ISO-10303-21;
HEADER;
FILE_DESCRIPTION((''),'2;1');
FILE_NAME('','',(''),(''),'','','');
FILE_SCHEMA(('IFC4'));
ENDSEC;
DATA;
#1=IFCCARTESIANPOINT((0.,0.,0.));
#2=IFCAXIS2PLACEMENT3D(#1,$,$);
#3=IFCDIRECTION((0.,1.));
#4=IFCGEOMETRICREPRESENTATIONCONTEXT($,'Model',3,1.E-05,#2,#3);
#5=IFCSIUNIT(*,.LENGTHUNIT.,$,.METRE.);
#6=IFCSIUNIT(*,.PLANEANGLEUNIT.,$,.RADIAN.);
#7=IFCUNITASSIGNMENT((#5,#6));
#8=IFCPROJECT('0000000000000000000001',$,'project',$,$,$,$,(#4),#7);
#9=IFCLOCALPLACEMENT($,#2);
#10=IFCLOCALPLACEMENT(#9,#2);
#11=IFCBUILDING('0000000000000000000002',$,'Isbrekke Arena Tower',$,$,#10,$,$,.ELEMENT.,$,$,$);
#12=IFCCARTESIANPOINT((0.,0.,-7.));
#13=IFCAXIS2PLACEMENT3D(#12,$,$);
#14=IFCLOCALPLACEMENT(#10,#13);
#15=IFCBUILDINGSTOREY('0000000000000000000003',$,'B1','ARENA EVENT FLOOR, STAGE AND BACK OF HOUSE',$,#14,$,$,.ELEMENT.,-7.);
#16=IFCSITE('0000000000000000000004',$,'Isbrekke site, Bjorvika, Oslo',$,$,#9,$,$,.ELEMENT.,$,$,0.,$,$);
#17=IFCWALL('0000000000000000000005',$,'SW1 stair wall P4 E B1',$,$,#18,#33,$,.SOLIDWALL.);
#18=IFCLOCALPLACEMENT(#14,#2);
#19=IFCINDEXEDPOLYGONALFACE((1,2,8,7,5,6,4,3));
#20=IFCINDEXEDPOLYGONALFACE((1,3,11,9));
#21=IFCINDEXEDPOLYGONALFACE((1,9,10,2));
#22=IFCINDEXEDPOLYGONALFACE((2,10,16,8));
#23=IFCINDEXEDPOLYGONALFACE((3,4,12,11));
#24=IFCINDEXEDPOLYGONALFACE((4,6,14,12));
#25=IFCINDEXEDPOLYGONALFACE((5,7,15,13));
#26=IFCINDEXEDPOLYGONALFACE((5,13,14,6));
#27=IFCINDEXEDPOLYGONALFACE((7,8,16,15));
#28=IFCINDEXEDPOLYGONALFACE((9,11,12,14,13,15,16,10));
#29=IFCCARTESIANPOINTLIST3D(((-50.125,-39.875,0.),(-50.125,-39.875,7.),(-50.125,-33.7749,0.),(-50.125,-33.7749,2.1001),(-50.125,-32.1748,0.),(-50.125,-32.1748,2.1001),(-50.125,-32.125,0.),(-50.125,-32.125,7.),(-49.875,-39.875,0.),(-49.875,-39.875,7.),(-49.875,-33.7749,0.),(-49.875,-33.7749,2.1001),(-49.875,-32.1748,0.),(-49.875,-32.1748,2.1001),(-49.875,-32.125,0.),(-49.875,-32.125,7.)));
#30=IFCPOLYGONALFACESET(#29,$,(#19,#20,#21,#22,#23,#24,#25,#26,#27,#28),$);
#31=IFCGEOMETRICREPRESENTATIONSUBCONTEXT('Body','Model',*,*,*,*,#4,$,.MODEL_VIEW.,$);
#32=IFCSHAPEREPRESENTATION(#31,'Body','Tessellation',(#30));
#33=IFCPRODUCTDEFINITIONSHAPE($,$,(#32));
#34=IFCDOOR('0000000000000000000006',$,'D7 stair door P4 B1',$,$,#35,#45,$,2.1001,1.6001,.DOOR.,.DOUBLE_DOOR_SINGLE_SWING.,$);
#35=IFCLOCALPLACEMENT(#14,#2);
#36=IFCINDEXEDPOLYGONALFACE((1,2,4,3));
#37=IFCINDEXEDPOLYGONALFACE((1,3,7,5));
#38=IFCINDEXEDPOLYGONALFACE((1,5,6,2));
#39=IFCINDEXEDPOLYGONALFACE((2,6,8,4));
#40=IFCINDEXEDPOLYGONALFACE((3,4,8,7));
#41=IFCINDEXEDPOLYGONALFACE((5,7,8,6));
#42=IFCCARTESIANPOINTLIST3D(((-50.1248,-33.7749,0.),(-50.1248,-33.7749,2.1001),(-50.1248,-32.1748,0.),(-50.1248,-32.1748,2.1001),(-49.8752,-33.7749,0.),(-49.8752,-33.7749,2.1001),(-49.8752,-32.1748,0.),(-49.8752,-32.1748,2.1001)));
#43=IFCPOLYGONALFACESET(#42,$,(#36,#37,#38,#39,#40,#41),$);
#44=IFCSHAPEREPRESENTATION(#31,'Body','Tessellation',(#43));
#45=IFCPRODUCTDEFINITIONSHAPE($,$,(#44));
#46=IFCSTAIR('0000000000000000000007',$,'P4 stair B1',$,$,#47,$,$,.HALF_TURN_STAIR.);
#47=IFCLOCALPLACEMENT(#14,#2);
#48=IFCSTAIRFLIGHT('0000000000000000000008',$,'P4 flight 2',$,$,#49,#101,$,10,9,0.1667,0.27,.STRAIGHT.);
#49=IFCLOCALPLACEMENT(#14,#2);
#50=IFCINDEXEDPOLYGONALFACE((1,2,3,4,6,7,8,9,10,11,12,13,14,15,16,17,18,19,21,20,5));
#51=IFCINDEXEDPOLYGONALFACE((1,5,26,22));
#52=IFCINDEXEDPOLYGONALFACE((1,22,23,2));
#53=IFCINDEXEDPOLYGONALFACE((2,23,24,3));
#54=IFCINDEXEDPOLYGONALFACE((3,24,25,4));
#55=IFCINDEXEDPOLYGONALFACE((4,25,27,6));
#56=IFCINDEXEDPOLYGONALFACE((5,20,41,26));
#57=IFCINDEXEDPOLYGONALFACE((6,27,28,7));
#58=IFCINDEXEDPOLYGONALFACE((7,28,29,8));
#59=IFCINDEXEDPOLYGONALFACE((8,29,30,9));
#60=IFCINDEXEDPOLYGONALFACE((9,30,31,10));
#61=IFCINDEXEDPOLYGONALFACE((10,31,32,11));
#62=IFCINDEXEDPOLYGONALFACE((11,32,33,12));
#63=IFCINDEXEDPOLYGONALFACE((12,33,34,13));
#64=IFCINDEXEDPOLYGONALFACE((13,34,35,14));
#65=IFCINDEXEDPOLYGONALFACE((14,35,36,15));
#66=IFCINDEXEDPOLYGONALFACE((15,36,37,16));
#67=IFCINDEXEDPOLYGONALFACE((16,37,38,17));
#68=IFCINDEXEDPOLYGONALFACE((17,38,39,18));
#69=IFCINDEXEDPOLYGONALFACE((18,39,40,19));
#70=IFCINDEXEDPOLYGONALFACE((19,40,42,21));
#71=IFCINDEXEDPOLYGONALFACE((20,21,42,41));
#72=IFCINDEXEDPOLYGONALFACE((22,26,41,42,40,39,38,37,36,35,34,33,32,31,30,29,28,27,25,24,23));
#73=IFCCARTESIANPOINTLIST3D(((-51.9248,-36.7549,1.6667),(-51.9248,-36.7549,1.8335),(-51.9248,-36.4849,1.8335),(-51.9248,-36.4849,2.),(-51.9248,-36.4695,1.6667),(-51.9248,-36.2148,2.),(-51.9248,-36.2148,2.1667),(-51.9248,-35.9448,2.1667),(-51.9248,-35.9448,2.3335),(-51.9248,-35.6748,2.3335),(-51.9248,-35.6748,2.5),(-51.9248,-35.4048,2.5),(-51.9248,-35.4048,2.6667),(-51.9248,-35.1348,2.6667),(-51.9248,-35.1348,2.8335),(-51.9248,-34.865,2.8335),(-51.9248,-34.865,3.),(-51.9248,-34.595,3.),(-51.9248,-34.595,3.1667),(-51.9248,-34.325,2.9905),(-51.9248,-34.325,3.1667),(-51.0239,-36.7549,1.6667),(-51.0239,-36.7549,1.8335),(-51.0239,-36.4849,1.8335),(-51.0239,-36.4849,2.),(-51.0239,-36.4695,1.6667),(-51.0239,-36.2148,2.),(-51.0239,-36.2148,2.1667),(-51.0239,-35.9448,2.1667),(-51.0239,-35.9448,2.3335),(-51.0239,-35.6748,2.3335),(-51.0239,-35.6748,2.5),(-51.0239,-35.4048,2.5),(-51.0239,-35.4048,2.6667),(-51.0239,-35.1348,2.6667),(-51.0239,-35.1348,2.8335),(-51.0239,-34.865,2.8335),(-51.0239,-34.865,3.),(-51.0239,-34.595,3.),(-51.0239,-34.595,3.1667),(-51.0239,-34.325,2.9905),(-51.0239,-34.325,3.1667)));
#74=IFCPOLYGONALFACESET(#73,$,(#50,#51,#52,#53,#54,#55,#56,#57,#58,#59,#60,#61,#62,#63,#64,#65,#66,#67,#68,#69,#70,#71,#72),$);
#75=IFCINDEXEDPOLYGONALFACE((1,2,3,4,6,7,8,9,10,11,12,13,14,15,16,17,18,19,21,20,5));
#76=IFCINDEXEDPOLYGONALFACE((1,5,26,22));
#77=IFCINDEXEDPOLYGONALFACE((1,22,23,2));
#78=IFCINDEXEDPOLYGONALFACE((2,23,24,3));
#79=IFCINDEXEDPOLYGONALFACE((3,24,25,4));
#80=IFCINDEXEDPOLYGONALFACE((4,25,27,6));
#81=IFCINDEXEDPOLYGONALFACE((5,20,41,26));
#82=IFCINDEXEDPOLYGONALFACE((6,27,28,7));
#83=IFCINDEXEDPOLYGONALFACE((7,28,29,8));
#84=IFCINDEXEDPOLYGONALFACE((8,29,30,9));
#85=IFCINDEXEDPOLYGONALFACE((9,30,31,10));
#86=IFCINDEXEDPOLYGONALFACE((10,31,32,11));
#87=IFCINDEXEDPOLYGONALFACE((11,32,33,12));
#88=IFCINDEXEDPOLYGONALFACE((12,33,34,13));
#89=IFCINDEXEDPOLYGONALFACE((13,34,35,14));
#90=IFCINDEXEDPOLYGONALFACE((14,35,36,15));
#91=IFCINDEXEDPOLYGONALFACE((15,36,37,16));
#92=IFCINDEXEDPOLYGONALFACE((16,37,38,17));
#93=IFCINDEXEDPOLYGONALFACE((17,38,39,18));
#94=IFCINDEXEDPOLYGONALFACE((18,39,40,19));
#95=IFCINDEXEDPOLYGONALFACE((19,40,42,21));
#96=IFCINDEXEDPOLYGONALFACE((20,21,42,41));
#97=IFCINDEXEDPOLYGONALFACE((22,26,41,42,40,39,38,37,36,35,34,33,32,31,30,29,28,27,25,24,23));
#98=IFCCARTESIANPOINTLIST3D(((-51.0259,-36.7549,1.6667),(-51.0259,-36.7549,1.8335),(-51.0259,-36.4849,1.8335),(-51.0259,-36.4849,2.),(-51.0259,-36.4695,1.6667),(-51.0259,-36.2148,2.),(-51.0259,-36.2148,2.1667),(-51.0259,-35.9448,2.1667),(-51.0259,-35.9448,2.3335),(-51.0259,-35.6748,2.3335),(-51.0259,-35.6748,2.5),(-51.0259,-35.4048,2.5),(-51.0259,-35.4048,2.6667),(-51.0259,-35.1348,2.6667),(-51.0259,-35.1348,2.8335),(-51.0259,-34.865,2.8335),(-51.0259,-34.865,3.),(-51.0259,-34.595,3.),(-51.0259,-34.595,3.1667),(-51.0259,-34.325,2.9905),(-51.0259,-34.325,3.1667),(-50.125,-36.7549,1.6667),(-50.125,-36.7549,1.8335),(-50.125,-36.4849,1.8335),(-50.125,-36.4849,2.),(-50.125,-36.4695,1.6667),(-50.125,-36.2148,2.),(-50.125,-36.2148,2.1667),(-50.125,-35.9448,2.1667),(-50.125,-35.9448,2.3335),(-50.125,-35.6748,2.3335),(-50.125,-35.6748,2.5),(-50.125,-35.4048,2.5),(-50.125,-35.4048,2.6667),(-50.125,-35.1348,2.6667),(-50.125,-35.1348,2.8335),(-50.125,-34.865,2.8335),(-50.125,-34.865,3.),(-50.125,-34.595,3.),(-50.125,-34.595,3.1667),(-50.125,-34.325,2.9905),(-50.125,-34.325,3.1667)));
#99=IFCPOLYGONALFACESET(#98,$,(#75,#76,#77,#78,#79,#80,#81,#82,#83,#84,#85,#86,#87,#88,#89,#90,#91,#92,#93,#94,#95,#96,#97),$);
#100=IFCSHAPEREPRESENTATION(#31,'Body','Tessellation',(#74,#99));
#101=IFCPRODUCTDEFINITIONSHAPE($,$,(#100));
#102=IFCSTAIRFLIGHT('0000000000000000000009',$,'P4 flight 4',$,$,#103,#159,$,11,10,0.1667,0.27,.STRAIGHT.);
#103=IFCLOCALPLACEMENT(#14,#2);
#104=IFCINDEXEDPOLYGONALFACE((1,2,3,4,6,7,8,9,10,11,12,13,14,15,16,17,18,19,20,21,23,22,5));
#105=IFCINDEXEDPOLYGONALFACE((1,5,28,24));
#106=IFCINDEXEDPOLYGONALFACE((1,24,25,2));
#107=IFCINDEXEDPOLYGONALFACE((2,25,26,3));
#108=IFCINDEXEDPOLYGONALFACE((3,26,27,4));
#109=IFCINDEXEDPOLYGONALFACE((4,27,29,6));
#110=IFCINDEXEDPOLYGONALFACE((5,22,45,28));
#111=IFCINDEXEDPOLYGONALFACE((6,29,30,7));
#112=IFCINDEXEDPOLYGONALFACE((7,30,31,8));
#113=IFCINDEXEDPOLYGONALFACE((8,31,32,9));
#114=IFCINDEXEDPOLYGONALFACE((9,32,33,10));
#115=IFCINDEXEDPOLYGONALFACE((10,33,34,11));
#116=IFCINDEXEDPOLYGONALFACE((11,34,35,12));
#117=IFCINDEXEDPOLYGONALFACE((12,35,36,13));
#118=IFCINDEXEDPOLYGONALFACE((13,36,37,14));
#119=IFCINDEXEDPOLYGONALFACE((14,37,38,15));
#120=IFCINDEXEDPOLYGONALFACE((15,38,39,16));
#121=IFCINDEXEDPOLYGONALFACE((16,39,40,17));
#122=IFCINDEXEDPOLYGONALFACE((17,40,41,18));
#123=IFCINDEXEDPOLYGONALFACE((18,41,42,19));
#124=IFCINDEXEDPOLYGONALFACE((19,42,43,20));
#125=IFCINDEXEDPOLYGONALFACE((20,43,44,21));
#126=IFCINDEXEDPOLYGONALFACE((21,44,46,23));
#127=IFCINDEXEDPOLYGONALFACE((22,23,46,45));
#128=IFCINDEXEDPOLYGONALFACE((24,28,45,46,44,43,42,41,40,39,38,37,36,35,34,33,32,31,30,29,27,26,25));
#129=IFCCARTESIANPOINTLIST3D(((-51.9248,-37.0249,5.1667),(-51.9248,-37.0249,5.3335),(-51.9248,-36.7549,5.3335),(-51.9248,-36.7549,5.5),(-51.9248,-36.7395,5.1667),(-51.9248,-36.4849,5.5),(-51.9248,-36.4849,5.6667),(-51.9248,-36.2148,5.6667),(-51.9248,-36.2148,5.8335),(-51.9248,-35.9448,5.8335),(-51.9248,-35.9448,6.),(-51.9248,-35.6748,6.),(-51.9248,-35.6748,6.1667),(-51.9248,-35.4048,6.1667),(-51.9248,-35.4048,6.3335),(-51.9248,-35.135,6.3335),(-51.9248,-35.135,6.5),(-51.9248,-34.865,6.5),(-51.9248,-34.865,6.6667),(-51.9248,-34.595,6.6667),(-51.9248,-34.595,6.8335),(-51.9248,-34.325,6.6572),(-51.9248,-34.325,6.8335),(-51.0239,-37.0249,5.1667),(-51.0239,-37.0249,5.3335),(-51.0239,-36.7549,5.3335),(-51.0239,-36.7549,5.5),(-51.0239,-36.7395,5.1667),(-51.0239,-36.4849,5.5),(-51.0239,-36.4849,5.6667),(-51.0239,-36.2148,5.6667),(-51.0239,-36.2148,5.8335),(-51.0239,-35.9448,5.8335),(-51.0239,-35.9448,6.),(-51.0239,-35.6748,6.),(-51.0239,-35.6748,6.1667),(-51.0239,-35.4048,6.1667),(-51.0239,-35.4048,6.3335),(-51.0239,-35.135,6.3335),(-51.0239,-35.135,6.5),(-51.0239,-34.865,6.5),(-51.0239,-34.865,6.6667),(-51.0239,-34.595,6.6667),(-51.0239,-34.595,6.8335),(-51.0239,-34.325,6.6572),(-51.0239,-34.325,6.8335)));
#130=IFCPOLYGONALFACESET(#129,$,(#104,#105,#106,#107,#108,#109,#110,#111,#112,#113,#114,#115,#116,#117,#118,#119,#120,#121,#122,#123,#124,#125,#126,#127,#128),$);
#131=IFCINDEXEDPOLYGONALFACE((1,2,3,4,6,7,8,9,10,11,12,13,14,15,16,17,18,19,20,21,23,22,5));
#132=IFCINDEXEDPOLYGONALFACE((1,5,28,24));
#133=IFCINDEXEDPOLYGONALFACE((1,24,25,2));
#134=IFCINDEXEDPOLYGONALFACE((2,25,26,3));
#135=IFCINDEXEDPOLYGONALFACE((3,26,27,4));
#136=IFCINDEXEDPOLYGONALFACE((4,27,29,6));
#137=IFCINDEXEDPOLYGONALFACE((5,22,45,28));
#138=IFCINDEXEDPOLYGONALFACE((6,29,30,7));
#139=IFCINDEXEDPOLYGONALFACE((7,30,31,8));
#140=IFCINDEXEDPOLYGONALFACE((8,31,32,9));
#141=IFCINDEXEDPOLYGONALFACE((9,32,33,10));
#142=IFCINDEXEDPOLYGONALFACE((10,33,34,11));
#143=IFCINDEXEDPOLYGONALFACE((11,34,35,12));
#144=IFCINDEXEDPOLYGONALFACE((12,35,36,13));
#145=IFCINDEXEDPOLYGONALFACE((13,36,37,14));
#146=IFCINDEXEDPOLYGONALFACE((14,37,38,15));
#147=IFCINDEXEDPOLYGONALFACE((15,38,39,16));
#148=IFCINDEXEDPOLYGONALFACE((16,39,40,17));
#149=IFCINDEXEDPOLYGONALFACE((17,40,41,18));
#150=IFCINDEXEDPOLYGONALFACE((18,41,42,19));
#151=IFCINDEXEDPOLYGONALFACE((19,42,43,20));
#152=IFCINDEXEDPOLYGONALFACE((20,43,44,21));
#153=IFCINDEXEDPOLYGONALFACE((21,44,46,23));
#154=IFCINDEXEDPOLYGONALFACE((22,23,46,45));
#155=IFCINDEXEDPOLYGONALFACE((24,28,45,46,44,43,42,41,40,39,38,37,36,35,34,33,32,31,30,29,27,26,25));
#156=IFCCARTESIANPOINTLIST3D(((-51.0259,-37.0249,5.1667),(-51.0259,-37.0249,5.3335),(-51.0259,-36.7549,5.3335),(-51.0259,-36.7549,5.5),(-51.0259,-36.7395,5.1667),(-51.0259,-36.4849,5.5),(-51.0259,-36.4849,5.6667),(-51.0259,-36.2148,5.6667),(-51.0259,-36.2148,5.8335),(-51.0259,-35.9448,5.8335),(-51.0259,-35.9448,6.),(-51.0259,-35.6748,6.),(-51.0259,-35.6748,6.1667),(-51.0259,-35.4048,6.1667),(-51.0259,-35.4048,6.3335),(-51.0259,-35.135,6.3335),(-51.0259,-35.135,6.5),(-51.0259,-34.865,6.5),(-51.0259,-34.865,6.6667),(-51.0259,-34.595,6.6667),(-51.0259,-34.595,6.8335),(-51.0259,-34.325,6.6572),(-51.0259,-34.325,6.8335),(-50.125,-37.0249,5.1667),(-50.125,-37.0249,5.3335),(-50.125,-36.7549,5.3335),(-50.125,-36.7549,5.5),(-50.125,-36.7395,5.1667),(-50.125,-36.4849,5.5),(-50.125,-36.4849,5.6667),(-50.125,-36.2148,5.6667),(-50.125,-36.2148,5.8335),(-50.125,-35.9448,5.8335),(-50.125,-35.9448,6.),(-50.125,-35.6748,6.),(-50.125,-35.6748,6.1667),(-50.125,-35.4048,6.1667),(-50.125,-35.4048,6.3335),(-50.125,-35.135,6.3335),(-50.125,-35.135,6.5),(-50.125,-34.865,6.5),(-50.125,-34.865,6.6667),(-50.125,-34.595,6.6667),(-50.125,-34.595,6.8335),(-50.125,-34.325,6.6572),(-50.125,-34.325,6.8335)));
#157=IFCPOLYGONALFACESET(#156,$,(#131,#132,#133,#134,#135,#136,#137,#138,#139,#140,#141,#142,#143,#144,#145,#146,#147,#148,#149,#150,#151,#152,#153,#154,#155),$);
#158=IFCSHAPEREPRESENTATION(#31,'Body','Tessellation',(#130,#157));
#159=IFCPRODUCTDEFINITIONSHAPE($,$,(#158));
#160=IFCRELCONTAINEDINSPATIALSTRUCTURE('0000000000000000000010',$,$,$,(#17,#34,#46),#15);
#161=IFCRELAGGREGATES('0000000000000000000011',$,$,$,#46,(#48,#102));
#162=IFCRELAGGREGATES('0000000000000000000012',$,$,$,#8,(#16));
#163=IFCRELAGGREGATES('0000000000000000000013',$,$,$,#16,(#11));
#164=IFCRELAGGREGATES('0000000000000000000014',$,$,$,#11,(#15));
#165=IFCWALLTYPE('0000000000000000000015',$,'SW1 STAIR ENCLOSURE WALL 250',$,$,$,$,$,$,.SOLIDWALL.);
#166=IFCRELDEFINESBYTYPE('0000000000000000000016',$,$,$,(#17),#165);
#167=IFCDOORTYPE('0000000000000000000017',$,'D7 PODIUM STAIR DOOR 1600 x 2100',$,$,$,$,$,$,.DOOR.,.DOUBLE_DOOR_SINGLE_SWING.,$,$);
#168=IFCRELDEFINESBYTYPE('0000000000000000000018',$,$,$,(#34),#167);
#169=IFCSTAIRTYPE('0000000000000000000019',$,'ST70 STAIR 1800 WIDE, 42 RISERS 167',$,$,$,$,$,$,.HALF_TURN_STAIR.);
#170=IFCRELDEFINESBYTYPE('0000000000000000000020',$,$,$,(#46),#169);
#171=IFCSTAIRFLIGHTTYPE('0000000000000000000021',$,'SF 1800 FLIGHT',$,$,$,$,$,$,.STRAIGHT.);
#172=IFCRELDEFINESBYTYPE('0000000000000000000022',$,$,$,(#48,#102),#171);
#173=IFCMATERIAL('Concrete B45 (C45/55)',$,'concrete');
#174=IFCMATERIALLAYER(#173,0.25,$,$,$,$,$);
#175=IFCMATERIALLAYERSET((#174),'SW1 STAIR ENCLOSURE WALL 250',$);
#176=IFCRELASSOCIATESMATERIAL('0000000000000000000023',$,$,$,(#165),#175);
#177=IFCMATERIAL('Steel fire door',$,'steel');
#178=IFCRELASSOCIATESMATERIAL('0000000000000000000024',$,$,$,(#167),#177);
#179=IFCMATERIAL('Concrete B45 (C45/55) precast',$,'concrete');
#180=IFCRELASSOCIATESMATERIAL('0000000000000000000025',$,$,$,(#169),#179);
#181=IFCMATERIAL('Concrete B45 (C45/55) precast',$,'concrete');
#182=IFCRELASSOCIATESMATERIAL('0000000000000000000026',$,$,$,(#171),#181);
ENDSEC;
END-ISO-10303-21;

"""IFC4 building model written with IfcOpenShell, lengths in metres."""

from ifc_helpers import new_model, si_unit, direction, frame, frame_2d, origin, place, context, subcontext, project, spatial, polyline, rectangle, outline, extrude, material, layer, layer_set, type_object, element, fill, aggregate, save


model = new_model("IFC4")

# Units and contexts
model_context = context("Model", 3, precision=1e-05, world=origin(), true_north=direction((0.0, 1.0)))
body_context = subcontext(model_context, "Body", "Model", "MODEL_VIEW")
ifc_project = project(units=[si_unit("LENGTHUNIT", "METRE"), si_unit("PLANEANGLEUNIT", "RADIAN")], contexts=[model_context])

# Site, building, storey
site_placement = place(None, origin())
site = spatial("IfcSite", under=ifc_project, at=site_placement, Name="Isbrekke site, Bjorvika, Oslo", CompositionType="ELEMENT", RefElevation=0.0)
building_placement = place(site_placement, origin())
building = spatial("IfcBuilding", under=site, at=building_placement, Name="Isbrekke Arena Tower", CompositionType="ELEMENT")
storey_placement = place(building_placement, frame((0.0, 0.0, -7.0)))
storey = spatial("IfcBuildingStorey", under=building, at=storey_placement, Name="B1", Description="ARENA EVENT FLOOR, STAGE AND BACK OF HOUSE", CompositionType="ELEMENT", Elevation=-7.0)

# Shared definitions
ifc_material_1 = material(Name="Concrete B45 (C45/55)", Category="concrete")
ifc_layer = layer(ifc_material_1, 0.25)
ifc_layer_set = layer_set([ifc_layer], Name="SW1 STAIR ENCLOSURE WALL 250")
wall_type = type_object("IfcWallType", Name="SW1 STAIR ENCLOSURE WALL 250", PredefinedType="SOLIDWALL", material=ifc_layer_set)

# Wall, opening, door
wall_1_placement = place(storey_placement, frame((-50.0, -39.875, 0.0), z_axis=(0.0, 0.0, 1.0), x_axis=(0.0, 1.0, 0.0)))
wall_1 = element("IfcWall", 1, at=wall_1_placement, inside=storey, type_object=wall_type, Name="SW1 stair wall P4 E B1", PredefinedType="SOLIDWALL", context=body_context, shape_type="SweptSolid", body=[
    extrude(rectangle(XDim=7.75, YDim=0.25, at=frame_2d((3.875, 0.0))), origin(), (0.0, 0.0, 1.0), 7.0),
])
opening_placement = place(wall_1_placement, frame((6.1001, 0.0, 0.0)))
opening = element("IfcOpeningElement", 2, at=opening_placement, cuts=wall_1, PredefinedType="OPENING", context=body_context, shape_type="SweptSolid", body=[
    extrude(rectangle(XDim=1.6001, YDim=2.1001, at=frame_2d((0.8, 1.05))), frame((0.0, 0.1399, 0.0), z_axis=(0.0, -1.0, 0.0), x_axis=(1.0, 0.0, 0.0)), (0.0, 0.0, 1.0), 0.2798),
])
ifc_material_2 = material(Name="Steel fire door", Category="steel")
door_type = type_object("IfcDoorType", Name="D7 PODIUM STAIR DOOR 1600 x 2100", OperationType="DOUBLE_DOOR_SINGLE_SWING", PredefinedType="DOOR", material=ifc_material_2)
door_placement = place(opening_placement, origin())
door = element("IfcDoor", 3, at=door_placement, inside=storey, type_object=door_type, Name="D7 stair door P4 B1", OperationType="DOUBLE_DOOR_SINGLE_SWING", OverallHeight=2.1001, OverallWidth=1.6001, PredefinedType="DOOR", context=body_context, shape_type="SweptSolid", body=[
    extrude(rectangle(XDim=1.6001, YDim=2.1001, at=frame_2d((0.8, 1.05))), frame((0.0, 0.1248, 0.0), z_axis=(0.0, -1.0, 0.0), x_axis=(1.0, 0.0, 0.0)), (0.0, 0.0, 1.0), 0.2495),
])
fill(opening, door)

# Stair, stair flights
ifc_material_3 = material(Name="Concrete B45 (C45/55) precast", Category="concrete")
stair_type = type_object("IfcStairType", Name="ST70 STAIR 1800 WIDE, 42 RISERS 167", PredefinedType="HALF_TURN_STAIR", material=ifc_material_3)
stair_placement = place(storey_placement, origin())
stair = element("IfcStair", 4, at=stair_placement, inside=storey, type_object=stair_type, Name="P4 stair B1", PredefinedType="HALF_TURN_STAIR")
ifc_material_4 = material(Name="Concrete B45 (C45/55) precast", Category="concrete")
stair_flight_type = type_object("IfcStairFlightType", Name="SF 1800 FLIGHT", PredefinedType="STRAIGHT", material=ifc_material_4)
stair_flight_1_placement = place(storey_placement, frame((-51.0249, -36.7549, 1.6667), z_axis=(0.0, 0.0, 1.0), x_axis=(0.0, 1.0, 0.0)))
stair_flight_1 = element("IfcStairFlight", 5, at=stair_flight_1_placement, type_object=stair_flight_type, Name="P4 flight 2", NumberOfRisers=10, NumberOfTreads=9, PredefinedType="STRAIGHT", RiserHeight=0.1667, TreadLength=0.27, context=body_context, shape_type="SweptSolid", body=[
    extrude(outline(polyline([(0.0, 0.0), (0.0, 0.1667), (0.27, 0.1667), (0.27, 0.3333), (0.54, 0.3333), (0.54, 0.5), (0.8101, 0.5), (0.8101, 0.6667), (1.0801, 0.6667), (1.0801, 0.8333), (1.3501, 0.8333), (1.3501, 1.0), (1.6201, 1.0), (1.6201, 1.1667), (1.8899, 1.1667), (1.8899, 1.3333), (2.1599, 1.3333), (2.1599, 1.5), (2.4299, 1.5), (2.4299, 1.6667), (2.4299, 1.3237), (0.2854, 0.0), (0.0, 0.0)])), frame((0.0, 0.8999, 0.0), z_axis=(0.0, -1.0, 0.0), x_axis=(1.0, 0.0, 0.0)), (0.0, 0.0, 1.0), 0.9009),
    extrude(outline(polyline([(0.0, 0.0), (0.0, 0.1667), (0.27, 0.1667), (0.27, 0.3333), (0.54, 0.3333), (0.54, 0.5), (0.8101, 0.5), (0.8101, 0.6667), (1.0801, 0.6667), (1.0801, 0.8333), (1.3501, 0.8333), (1.3501, 1.0), (1.6201, 1.0), (1.6201, 1.1667), (1.8899, 1.1667), (1.8899, 1.3333), (2.1599, 1.3333), (2.1599, 1.5), (2.4299, 1.5), (2.4299, 1.6667), (2.4299, 1.3237), (0.2854, 0.0), (0.0, 0.0)])), frame((0.0, 0.001, 0.0), z_axis=(0.0, -1.0, 0.0), x_axis=(1.0, 0.0, 0.0)), (0.0, 0.0, 1.0), 0.9009),
])
stair_flight_2_placement = place(storey_placement, frame((-51.0249, -37.0249, 5.1667), z_axis=(0.0, 0.0, 1.0), x_axis=(0.0, 1.0, 0.0)))
stair_flight_2 = element("IfcStairFlight", 6, at=stair_flight_2_placement, type_object=stair_flight_type, Name="P4 flight 4", NumberOfRisers=11, NumberOfTreads=10, PredefinedType="STRAIGHT", RiserHeight=0.1667, TreadLength=0.27, context=body_context, shape_type="SweptSolid", body=[
    extrude(outline(polyline([(0.0, 0.0), (0.0, 0.1667), (0.27, 0.1667), (0.27, 0.3333), (0.54, 0.3333), (0.54, 0.5), (0.8101, 0.5), (0.8101, 0.6667), (1.0801, 0.6667), (1.0801, 0.8333), (1.3501, 0.8333), (1.3501, 1.0), (1.6201, 1.0), (1.6201, 1.1667), (1.8899, 1.1667), (1.8899, 1.3333), (2.1599, 1.3333), (2.1599, 1.5), (2.4299, 1.5), (2.4299, 1.6667), (2.7, 1.6667), (2.7, 1.8333), (2.7, 1.4905), (0.2854, 0.0), (0.0, 0.0)])), frame((0.0, 0.8999, 0.0), z_axis=(0.0, -1.0, 0.0), x_axis=(1.0, 0.0, 0.0)), (0.0, 0.0, 1.0), 0.9009),
    extrude(outline(polyline([(0.0, 0.0), (0.0, 0.1667), (0.27, 0.1667), (0.27, 0.3333), (0.54, 0.3333), (0.54, 0.5), (0.8101, 0.5), (0.8101, 0.6667), (1.0801, 0.6667), (1.0801, 0.8333), (1.3501, 0.8333), (1.3501, 1.0), (1.6201, 1.0), (1.6201, 1.1667), (1.8899, 1.1667), (1.8899, 1.3333), (2.1599, 1.3333), (2.1599, 1.5), (2.4299, 1.5), (2.4299, 1.6667), (2.7, 1.6667), (2.7, 1.8333), (2.7, 1.4905), (0.2854, 0.0), (0.0, 0.0)])), frame((0.0, 0.001, 0.0), z_axis=(0.0, -1.0, 0.0), x_axis=(1.0, 0.0, 0.0)), (0.0, 0.0, 1.0), 0.9009),
])
aggregate(stair, [stair_flight_1, stair_flight_2])

save(model, "model.ifc")
